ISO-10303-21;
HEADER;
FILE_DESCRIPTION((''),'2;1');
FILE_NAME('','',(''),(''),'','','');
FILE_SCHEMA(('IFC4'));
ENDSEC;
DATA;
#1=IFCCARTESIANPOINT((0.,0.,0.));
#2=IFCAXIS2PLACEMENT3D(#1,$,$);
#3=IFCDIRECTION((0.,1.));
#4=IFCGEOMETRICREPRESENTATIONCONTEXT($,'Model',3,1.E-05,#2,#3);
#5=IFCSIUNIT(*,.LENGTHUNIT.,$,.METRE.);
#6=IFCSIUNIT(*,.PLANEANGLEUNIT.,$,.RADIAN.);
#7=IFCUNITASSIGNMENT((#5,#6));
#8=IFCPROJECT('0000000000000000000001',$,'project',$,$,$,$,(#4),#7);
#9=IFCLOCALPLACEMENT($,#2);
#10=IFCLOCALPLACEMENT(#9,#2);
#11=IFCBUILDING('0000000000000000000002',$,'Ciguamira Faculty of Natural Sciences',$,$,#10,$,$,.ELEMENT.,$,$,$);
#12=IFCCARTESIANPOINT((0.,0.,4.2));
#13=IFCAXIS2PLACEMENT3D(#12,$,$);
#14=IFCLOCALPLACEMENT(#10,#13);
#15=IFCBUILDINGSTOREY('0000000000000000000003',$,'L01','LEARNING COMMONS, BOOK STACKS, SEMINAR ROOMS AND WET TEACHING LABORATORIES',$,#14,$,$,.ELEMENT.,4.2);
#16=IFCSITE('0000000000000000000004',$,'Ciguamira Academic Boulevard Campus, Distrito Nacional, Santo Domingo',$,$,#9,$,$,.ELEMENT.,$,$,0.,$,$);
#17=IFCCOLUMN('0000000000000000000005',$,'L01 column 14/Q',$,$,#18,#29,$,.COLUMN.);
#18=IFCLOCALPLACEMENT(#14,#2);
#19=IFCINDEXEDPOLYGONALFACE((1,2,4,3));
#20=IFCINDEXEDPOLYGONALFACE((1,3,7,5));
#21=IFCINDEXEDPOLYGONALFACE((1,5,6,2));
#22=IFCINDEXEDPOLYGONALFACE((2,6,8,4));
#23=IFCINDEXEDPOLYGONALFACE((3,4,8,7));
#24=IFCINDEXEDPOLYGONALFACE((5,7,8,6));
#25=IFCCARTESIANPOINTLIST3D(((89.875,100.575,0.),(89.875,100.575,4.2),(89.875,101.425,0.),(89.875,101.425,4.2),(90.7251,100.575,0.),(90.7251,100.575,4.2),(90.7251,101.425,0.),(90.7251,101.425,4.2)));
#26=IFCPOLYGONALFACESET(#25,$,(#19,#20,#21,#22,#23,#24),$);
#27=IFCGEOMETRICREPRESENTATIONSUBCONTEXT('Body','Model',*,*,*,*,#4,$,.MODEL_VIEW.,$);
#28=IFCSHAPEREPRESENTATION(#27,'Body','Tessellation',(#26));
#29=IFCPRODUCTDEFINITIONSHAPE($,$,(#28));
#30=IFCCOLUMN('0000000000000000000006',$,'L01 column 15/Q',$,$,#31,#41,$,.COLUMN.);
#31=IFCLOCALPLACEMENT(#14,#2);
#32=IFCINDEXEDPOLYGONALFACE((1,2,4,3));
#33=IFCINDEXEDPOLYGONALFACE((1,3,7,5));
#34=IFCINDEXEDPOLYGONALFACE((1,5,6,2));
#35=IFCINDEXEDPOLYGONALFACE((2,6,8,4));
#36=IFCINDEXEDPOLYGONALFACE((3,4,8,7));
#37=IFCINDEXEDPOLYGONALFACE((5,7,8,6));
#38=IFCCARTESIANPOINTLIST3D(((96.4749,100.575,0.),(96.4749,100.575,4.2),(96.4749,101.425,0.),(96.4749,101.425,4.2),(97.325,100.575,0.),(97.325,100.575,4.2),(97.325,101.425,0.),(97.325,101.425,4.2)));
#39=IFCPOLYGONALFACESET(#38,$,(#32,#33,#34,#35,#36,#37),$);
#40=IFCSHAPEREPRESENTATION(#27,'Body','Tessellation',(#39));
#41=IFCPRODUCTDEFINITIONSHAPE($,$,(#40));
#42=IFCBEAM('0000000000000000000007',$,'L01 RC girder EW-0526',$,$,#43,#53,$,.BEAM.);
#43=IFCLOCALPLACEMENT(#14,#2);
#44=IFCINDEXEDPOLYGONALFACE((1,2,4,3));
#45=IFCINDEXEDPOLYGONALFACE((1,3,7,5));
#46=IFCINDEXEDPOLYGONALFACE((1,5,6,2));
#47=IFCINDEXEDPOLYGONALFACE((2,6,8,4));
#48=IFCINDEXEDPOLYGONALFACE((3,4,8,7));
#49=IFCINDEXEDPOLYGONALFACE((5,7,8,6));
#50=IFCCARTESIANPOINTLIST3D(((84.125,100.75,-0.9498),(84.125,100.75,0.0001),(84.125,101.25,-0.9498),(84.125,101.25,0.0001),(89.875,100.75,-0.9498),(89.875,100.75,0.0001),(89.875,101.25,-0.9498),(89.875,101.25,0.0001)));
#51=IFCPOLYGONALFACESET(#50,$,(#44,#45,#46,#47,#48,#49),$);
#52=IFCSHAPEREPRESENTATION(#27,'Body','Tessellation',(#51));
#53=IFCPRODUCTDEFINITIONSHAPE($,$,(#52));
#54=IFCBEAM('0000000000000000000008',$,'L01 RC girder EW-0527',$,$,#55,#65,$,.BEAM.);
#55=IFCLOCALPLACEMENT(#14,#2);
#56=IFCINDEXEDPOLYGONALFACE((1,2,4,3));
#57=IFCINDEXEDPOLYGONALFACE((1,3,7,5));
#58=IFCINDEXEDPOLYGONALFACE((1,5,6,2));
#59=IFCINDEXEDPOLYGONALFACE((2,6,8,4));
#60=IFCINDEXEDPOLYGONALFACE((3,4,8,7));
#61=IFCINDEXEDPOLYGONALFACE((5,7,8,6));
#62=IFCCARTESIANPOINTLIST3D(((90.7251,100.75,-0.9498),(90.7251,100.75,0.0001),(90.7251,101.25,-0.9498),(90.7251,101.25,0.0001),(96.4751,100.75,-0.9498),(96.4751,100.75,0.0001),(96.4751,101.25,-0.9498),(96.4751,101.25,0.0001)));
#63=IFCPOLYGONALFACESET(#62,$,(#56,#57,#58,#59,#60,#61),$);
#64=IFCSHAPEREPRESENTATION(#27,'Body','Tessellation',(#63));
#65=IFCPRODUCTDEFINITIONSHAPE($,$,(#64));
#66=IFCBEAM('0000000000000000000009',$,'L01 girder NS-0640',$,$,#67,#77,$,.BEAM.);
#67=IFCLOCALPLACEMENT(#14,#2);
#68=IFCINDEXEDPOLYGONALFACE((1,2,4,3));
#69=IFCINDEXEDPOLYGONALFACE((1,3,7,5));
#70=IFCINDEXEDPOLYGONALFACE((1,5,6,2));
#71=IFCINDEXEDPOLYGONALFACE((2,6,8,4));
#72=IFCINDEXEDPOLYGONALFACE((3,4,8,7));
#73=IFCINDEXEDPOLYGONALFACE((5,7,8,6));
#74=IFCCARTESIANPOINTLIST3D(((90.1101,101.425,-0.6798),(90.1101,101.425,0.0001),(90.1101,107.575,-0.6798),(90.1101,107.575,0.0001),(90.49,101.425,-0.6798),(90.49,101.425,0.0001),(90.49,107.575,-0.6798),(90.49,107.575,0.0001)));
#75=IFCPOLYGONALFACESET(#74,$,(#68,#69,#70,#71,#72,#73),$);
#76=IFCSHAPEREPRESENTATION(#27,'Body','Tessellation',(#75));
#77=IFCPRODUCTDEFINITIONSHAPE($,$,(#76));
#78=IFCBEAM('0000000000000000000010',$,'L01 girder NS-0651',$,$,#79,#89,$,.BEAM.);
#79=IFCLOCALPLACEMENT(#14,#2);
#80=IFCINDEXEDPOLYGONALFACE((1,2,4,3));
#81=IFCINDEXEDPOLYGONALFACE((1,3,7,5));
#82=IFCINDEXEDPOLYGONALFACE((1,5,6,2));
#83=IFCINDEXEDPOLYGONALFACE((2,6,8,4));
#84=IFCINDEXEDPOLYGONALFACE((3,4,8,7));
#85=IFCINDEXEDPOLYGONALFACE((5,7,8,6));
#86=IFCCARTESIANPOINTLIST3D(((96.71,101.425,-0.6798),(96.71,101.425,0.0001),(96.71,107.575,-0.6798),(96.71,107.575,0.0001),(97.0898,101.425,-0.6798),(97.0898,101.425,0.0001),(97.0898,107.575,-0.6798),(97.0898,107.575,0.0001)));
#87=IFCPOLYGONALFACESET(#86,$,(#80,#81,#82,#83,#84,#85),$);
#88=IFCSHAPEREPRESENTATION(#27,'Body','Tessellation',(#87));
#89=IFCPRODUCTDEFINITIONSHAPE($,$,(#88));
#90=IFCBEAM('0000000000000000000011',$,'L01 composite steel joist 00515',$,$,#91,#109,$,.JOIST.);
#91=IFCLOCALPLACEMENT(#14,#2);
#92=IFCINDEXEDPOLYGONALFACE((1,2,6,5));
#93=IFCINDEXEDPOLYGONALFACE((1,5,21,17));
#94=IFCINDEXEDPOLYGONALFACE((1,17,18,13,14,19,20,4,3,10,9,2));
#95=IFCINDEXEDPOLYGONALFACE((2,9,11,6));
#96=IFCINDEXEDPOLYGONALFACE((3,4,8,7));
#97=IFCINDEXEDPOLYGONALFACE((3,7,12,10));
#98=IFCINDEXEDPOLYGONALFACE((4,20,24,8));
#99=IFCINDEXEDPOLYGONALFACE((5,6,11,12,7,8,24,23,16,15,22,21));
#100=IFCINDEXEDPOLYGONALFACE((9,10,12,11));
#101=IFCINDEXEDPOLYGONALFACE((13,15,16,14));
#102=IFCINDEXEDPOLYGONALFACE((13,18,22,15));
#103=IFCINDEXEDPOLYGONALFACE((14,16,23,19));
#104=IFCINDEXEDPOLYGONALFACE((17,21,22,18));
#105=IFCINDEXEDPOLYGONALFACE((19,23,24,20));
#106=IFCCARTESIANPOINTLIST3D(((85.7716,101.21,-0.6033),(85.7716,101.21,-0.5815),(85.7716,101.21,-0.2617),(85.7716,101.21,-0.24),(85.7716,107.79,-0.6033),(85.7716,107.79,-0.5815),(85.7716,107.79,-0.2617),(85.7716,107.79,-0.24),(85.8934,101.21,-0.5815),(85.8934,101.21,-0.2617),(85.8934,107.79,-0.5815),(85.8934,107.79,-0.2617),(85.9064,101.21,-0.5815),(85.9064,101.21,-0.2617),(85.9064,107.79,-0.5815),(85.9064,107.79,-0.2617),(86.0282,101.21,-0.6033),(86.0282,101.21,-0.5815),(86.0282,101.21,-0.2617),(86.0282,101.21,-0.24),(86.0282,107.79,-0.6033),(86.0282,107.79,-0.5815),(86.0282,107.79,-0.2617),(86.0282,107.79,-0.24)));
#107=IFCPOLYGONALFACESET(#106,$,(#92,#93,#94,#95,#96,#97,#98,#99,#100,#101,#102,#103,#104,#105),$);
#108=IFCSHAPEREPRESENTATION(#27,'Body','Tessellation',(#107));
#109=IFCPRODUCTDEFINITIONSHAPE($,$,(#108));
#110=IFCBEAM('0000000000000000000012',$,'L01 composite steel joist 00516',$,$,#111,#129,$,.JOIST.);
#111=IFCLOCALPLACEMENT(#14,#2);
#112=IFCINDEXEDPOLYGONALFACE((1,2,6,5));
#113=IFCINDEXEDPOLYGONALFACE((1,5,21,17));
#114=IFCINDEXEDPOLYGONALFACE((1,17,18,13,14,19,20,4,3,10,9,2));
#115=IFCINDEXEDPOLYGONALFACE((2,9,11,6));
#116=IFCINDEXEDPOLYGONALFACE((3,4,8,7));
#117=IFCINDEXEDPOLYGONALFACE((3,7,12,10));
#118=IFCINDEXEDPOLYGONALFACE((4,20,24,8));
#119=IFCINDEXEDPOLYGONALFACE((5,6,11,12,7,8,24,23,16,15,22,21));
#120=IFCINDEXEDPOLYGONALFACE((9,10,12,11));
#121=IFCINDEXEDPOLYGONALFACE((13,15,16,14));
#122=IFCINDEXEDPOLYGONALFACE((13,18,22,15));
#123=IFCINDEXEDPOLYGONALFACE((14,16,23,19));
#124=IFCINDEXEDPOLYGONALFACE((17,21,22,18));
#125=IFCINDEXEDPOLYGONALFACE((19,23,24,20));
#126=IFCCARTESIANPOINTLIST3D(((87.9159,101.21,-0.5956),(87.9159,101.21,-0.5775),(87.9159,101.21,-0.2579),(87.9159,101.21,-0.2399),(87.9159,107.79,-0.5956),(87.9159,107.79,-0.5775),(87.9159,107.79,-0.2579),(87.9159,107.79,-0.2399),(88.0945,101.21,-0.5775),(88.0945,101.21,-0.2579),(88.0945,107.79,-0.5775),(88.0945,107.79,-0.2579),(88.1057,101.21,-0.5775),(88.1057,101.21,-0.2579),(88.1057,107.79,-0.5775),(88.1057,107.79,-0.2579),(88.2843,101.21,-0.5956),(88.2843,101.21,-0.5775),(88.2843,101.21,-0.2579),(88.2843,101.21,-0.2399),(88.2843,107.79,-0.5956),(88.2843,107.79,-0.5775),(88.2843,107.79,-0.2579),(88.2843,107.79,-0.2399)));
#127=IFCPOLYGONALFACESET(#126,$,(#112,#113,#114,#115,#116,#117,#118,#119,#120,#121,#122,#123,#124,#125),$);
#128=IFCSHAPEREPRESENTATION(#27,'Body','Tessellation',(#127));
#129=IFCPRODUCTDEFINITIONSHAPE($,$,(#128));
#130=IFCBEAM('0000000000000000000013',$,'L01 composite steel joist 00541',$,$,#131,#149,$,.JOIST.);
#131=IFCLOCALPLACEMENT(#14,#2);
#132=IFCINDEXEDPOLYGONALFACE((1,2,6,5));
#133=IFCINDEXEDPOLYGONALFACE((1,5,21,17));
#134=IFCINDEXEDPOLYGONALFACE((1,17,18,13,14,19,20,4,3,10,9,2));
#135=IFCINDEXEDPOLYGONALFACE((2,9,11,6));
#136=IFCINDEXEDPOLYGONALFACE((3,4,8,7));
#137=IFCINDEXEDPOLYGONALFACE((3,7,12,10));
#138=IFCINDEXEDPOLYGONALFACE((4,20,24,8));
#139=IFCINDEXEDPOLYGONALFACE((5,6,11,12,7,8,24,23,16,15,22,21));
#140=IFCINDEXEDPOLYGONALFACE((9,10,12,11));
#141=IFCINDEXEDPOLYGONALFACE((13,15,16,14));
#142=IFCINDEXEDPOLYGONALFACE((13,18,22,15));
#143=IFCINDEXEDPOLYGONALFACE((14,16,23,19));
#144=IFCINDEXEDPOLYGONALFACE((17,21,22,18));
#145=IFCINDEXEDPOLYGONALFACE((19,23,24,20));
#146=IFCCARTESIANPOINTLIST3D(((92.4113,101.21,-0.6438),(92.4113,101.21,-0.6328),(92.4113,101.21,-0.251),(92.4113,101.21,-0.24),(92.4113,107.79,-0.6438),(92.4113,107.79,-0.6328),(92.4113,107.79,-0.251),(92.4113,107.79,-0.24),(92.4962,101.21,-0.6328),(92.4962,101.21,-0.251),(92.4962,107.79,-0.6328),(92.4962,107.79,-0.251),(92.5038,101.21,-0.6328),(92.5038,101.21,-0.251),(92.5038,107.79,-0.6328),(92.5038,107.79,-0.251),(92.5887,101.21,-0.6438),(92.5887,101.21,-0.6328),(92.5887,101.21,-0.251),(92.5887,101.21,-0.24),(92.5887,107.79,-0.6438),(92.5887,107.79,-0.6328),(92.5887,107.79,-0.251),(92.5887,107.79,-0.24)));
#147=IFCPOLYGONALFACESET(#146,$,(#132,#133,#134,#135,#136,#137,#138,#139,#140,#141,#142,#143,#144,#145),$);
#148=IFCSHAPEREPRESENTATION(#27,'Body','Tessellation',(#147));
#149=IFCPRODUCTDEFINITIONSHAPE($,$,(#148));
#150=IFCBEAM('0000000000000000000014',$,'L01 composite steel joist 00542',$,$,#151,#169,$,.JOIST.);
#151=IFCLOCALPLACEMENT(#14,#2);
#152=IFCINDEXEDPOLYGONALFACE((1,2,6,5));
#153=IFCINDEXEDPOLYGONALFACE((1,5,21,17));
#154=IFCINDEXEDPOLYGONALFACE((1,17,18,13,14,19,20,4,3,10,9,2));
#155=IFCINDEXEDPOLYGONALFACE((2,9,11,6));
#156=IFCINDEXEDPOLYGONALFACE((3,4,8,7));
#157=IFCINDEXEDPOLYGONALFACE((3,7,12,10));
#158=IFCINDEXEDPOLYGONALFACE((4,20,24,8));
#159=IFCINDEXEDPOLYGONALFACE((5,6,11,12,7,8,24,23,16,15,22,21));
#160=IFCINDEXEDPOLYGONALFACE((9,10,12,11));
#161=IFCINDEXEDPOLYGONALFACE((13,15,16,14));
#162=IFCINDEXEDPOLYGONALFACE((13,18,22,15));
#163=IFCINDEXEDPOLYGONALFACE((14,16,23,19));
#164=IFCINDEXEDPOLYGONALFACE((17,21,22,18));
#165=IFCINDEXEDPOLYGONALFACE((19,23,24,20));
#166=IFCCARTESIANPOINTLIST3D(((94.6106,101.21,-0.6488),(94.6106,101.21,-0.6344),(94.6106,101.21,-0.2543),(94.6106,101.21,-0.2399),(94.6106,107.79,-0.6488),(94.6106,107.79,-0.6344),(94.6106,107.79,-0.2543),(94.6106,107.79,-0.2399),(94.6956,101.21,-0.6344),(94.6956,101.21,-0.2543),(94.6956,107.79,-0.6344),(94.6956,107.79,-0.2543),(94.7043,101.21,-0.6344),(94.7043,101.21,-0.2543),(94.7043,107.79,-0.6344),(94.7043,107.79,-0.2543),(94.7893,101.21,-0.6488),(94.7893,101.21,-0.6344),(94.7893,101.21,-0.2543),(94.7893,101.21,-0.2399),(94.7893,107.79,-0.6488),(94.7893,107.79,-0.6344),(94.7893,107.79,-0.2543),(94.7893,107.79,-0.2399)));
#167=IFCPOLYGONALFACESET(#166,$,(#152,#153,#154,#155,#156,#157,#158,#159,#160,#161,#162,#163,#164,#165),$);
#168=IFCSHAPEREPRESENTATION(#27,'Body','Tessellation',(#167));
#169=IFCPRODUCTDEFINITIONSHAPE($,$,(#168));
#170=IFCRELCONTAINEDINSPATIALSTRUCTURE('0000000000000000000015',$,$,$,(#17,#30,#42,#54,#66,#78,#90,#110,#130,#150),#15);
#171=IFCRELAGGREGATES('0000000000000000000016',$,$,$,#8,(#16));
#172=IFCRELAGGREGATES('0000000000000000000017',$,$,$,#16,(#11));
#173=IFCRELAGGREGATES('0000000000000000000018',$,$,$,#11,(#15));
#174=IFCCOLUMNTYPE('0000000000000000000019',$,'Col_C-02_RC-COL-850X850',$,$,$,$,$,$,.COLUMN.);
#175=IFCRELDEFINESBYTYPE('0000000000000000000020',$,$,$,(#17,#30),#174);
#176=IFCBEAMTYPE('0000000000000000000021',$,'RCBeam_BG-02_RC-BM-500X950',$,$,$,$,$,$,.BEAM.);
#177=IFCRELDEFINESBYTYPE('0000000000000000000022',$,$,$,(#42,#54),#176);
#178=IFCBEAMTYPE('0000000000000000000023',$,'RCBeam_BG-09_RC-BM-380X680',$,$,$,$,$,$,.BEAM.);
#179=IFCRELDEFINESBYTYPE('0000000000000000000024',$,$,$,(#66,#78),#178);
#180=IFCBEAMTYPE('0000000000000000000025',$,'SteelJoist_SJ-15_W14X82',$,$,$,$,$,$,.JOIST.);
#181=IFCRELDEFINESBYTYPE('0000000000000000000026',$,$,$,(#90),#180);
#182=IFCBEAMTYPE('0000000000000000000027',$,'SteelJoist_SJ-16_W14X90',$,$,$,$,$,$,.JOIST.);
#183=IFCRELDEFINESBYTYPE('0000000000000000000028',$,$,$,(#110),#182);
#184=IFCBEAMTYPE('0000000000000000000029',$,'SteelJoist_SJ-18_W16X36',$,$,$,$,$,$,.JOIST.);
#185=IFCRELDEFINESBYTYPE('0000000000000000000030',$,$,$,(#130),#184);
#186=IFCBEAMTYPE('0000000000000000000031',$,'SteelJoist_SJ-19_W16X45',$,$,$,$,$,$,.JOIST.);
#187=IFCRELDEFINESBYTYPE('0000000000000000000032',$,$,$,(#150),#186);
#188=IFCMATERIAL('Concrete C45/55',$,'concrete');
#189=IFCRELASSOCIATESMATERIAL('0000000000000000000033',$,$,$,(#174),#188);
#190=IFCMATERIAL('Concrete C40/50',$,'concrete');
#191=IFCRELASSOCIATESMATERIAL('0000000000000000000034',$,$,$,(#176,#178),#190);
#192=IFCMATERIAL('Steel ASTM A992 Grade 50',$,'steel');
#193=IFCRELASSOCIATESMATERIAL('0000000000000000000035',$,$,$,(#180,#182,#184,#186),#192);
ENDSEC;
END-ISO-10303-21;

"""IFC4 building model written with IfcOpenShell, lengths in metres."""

from ifc_helpers import new_model, si_unit, direction, frame, origin, origin_2d, place, context, subcontext, project, spatial, rectangle, i_section, extrude, material, material_profile, profile_set, type_object, element, save


model = new_model("IFC4")

# Units and contexts
model_context = context("Model", 3, precision=1e-05, world=origin(), true_north=direction((0.0, 1.0)))
body_context = subcontext(model_context, "Body", "Model", "MODEL_VIEW")
ifc_project = project(units=[si_unit("LENGTHUNIT", "METRE"), si_unit("PLANEANGLEUNIT", "RADIAN")], contexts=[model_context])

# Site, building, storey
site_placement = place(None, origin())
site = spatial("IfcSite", under=ifc_project, at=site_placement, Name="Ciguamira Academic Boulevard Campus, Distrito Nacional, Santo Domingo", CompositionType="ELEMENT", RefElevation=0.0)
building_placement = place(site_placement, origin())
building = spatial("IfcBuilding", under=site, at=building_placement, Name="Ciguamira Faculty of Natural Sciences", CompositionType="ELEMENT")
storey_placement = place(building_placement, frame((0.0, 0.0, 4.2)))
storey = spatial("IfcBuildingStorey", under=building, at=storey_placement, Name="L01", Description="LEARNING COMMONS, BOOK STACKS, SEMINAR ROOMS AND WET TEACHING LABORATORIES", CompositionType="ELEMENT", Elevation=4.2)

# Columns
ifc_material_1 = material(Name="Concrete C45/55", Category="concrete")
ifc_material_profile_1 = material_profile(ifc_material_1, rectangle(XDim=0.8501, YDim=0.8501, at=origin_2d()), Name="RC-COL-850X850")
ifc_profile_set_1 = profile_set([ifc_material_profile_1], Name="Concrete C45/55")
column_type = type_object("IfcColumnType", Name="Col_C-02_RC-COL-850X850", PredefinedType="COLUMN", material=ifc_profile_set_1)
for number, where, z_axis, x_axis, name in (
    (1, (90.3, 101.0, 0.0), (0.0, 0.0, 1.0), (1.0, 0.0, 0.0), "L01 column 14/Q"),
    (2, (96.8999, 101.0, 0.0), (0.0, 0.0, 1.0), (1.0, 0.0, 0.0), "L01 column 15/Q"),
):
    element("IfcColumn", number, at=place(storey_placement, frame(where, z_axis=z_axis, x_axis=x_axis)), inside=storey, type_object=column_type, Name=name, PredefinedType="COLUMN", context=body_context, shape_type="SweptSolid", body=[
        extrude(rectangle(XDim=0.8501, YDim=0.8501, at=origin_2d()), origin(), (0.0, 0.0, 1.0), 4.2),
    ])

# Beams
ifc_material_2 = material(Name="Concrete C40/50", Category="concrete")
ifc_material_profile_2 = material_profile(ifc_material_2, rectangle(XDim=0.5, YDim=0.95, at=origin_2d()), Name="RC-BM-500X950")
ifc_profile_set_2 = profile_set([ifc_material_profile_2], Name="Concrete C40/50")
beam_type_1 = type_object("IfcBeamType", Name="RCBeam_BG-02_RC-BM-500X950", PredefinedType="BEAM", material=ifc_profile_set_2)
for number, where, z_axis, x_axis, name in (
    (3, (84.125, 101.0, -0.4749), (1.0, 0.0, 0.0), (0.0, 1.0, 0.0), "L01 RC girder EW-0526"),
    (4, (90.7251, 101.0, -0.4749), (1.0, 0.0, 0.0), (0.0, 1.0, 0.0), "L01 RC girder EW-0527"),
):
    element("IfcBeam", number, at=place(storey_placement, frame(where, z_axis=z_axis, x_axis=x_axis)), inside=storey, type_object=beam_type_1, Name=name, PredefinedType="BEAM", context=body_context, shape_type="SweptSolid", body=[
        extrude(rectangle(XDim=0.5, YDim=0.95, at=origin_2d()), origin(), (0.0, 0.0, 1.0), 5.75),
    ])
ifc_material_profile_3 = material_profile(ifc_material_2, rectangle(XDim=0.3799, YDim=0.6799, at=origin_2d()), Name="RC-BM-380X680")
ifc_profile_set_3 = profile_set([ifc_material_profile_3], Name="Concrete C40/50")
beam_type_2 = type_object("IfcBeamType", Name="RCBeam_BG-09_RC-BM-380X680", PredefinedType="BEAM", material=ifc_profile_set_3)
for number, where, z_axis, x_axis, name in (
    (5, (90.3, 101.425, -0.3398), (0.0, 1.0, 0.0), (-1.0, 0.0, 0.0), "L01 girder NS-0640"),
    (6, (96.8999, 101.425, -0.3398), (0.0, 1.0, 0.0), (-1.0, 0.0, 0.0), "L01 girder NS-0651"),
):
    element("IfcBeam", number, at=place(storey_placement, frame(where, z_axis=z_axis, x_axis=x_axis)), inside=storey, type_object=beam_type_2, Name=name, PredefinedType="BEAM", context=body_context, shape_type="SweptSolid", body=[
        extrude(rectangle(XDim=0.3799, YDim=0.6799, at=origin_2d()), origin(), (0.0, 0.0, 1.0), 6.1499),
    ])
ifc_material_3 = material(Name="Steel ASTM A992 Grade 50", Category="steel")
ifc_material_profile_4 = material_profile(ifc_material_3, i_section(OverallWidth=0.2566, OverallDepth=0.3633, WebThickness=0.0129, FlangeThickness=0.0217, at=origin_2d()), Name="W14X82")
ifc_profile_set_4 = profile_set([ifc_material_profile_4], Name="Steel ASTM A992 Grade 50")
beam_type_3 = type_object("IfcBeamType", Name="SteelJoist_SJ-15_W14X82", PredefinedType="JOIST", material=ifc_profile_set_4)
beam_1_placement = place(storey_placement, frame((85.8999, 101.21, -0.4216), z_axis=(0.0, 1.0, 0.0), x_axis=(-1.0, 0.0, 0.0)))
element("IfcBeam", 7, at=beam_1_placement, inside=storey, type_object=beam_type_3, Name="L01 composite steel joist 00515", PredefinedType="JOIST", context=body_context, shape_type="SweptSolid", body=[
    extrude(i_section(OverallWidth=0.2566, OverallDepth=0.3633, WebThickness=0.0129, FlangeThickness=0.0217, at=origin_2d()), origin(), (0.0, 0.0, 1.0), 6.5801),
])
ifc_material_profile_5 = material_profile(ifc_material_3, i_section(OverallWidth=0.3684, OverallDepth=0.3557, WebThickness=0.0112, FlangeThickness=0.0181, at=origin_2d()), Name="W14X90")
ifc_profile_set_5 = profile_set([ifc_material_profile_5], Name="Steel ASTM A992 Grade 50")
beam_type_4 = type_object("IfcBeamType", Name="SteelJoist_SJ-16_W14X90", PredefinedType="JOIST", material=ifc_profile_set_5)
beam_2_placement = place(storey_placement, frame((88.1001, 101.21, -0.4177), z_axis=(0.0, 1.0, 0.0), x_axis=(-1.0, 0.0, 0.0)))
element("IfcBeam", 8, at=beam_2_placement, inside=storey, type_object=beam_type_4, Name="L01 composite steel joist 00516", PredefinedType="JOIST", context=body_context, shape_type="SweptSolid", body=[
    extrude(i_section(OverallWidth=0.3684, OverallDepth=0.3557, WebThickness=0.0112, FlangeThickness=0.0181, at=origin_2d()), origin(), (0.0, 0.0, 1.0), 6.5801),
])
ifc_material_profile_6 = material_profile(ifc_material_3, i_section(OverallWidth=0.1775, OverallDepth=0.4038, WebThickness=0.0076, FlangeThickness=0.011, at=origin_2d()), Name="W16X36")
ifc_profile_set_6 = profile_set([ifc_material_profile_6], Name="Steel ASTM A992 Grade 50")
beam_type_5 = type_object("IfcBeamType", Name="SteelJoist_SJ-18_W16X36", PredefinedType="JOIST", material=ifc_profile_set_6)
beam_3_placement = place(storey_placement, frame((92.5, 101.21, -0.4419), z_axis=(0.0, 1.0, 0.0), x_axis=(-1.0, 0.0, 0.0)))
element("IfcBeam", 9, at=beam_3_placement, inside=storey, type_object=beam_type_5, Name="L01 composite steel joist 00541", PredefinedType="JOIST", context=body_context, shape_type="SweptSolid", body=[
    extrude(i_section(OverallWidth=0.1775, OverallDepth=0.4038, WebThickness=0.0076, FlangeThickness=0.011, at=origin_2d()), origin(), (0.0, 0.0, 1.0), 6.5801),
])
ifc_material_profile_7 = material_profile(ifc_material_3, i_section(OverallWidth=0.1787, OverallDepth=0.4089, WebThickness=0.0088, FlangeThickness=0.0144, at=origin_2d()), Name="W16X45")
ifc_profile_set_7 = profile_set([ifc_material_profile_7], Name="Steel ASTM A992 Grade 50")
beam_type_6 = type_object("IfcBeamType", Name="SteelJoist_SJ-19_W16X45", PredefinedType="JOIST", material=ifc_profile_set_7)
beam_4_placement = place(storey_placement, frame((94.7, 101.21, -0.4443), z_axis=(0.0, 1.0, 0.0), x_axis=(-1.0, 0.0, 0.0)))
element("IfcBeam", 10, at=beam_4_placement, inside=storey, type_object=beam_type_6, Name="L01 composite steel joist 00542", PredefinedType="JOIST", context=body_context, shape_type="SweptSolid", body=[
    extrude(i_section(OverallWidth=0.1787, OverallDepth=0.4089, WebThickness=0.0088, FlangeThickness=0.0144, at=origin_2d()), origin(), (0.0, 0.0, 1.0), 6.5801),
])

save(model, "model.ifc")
